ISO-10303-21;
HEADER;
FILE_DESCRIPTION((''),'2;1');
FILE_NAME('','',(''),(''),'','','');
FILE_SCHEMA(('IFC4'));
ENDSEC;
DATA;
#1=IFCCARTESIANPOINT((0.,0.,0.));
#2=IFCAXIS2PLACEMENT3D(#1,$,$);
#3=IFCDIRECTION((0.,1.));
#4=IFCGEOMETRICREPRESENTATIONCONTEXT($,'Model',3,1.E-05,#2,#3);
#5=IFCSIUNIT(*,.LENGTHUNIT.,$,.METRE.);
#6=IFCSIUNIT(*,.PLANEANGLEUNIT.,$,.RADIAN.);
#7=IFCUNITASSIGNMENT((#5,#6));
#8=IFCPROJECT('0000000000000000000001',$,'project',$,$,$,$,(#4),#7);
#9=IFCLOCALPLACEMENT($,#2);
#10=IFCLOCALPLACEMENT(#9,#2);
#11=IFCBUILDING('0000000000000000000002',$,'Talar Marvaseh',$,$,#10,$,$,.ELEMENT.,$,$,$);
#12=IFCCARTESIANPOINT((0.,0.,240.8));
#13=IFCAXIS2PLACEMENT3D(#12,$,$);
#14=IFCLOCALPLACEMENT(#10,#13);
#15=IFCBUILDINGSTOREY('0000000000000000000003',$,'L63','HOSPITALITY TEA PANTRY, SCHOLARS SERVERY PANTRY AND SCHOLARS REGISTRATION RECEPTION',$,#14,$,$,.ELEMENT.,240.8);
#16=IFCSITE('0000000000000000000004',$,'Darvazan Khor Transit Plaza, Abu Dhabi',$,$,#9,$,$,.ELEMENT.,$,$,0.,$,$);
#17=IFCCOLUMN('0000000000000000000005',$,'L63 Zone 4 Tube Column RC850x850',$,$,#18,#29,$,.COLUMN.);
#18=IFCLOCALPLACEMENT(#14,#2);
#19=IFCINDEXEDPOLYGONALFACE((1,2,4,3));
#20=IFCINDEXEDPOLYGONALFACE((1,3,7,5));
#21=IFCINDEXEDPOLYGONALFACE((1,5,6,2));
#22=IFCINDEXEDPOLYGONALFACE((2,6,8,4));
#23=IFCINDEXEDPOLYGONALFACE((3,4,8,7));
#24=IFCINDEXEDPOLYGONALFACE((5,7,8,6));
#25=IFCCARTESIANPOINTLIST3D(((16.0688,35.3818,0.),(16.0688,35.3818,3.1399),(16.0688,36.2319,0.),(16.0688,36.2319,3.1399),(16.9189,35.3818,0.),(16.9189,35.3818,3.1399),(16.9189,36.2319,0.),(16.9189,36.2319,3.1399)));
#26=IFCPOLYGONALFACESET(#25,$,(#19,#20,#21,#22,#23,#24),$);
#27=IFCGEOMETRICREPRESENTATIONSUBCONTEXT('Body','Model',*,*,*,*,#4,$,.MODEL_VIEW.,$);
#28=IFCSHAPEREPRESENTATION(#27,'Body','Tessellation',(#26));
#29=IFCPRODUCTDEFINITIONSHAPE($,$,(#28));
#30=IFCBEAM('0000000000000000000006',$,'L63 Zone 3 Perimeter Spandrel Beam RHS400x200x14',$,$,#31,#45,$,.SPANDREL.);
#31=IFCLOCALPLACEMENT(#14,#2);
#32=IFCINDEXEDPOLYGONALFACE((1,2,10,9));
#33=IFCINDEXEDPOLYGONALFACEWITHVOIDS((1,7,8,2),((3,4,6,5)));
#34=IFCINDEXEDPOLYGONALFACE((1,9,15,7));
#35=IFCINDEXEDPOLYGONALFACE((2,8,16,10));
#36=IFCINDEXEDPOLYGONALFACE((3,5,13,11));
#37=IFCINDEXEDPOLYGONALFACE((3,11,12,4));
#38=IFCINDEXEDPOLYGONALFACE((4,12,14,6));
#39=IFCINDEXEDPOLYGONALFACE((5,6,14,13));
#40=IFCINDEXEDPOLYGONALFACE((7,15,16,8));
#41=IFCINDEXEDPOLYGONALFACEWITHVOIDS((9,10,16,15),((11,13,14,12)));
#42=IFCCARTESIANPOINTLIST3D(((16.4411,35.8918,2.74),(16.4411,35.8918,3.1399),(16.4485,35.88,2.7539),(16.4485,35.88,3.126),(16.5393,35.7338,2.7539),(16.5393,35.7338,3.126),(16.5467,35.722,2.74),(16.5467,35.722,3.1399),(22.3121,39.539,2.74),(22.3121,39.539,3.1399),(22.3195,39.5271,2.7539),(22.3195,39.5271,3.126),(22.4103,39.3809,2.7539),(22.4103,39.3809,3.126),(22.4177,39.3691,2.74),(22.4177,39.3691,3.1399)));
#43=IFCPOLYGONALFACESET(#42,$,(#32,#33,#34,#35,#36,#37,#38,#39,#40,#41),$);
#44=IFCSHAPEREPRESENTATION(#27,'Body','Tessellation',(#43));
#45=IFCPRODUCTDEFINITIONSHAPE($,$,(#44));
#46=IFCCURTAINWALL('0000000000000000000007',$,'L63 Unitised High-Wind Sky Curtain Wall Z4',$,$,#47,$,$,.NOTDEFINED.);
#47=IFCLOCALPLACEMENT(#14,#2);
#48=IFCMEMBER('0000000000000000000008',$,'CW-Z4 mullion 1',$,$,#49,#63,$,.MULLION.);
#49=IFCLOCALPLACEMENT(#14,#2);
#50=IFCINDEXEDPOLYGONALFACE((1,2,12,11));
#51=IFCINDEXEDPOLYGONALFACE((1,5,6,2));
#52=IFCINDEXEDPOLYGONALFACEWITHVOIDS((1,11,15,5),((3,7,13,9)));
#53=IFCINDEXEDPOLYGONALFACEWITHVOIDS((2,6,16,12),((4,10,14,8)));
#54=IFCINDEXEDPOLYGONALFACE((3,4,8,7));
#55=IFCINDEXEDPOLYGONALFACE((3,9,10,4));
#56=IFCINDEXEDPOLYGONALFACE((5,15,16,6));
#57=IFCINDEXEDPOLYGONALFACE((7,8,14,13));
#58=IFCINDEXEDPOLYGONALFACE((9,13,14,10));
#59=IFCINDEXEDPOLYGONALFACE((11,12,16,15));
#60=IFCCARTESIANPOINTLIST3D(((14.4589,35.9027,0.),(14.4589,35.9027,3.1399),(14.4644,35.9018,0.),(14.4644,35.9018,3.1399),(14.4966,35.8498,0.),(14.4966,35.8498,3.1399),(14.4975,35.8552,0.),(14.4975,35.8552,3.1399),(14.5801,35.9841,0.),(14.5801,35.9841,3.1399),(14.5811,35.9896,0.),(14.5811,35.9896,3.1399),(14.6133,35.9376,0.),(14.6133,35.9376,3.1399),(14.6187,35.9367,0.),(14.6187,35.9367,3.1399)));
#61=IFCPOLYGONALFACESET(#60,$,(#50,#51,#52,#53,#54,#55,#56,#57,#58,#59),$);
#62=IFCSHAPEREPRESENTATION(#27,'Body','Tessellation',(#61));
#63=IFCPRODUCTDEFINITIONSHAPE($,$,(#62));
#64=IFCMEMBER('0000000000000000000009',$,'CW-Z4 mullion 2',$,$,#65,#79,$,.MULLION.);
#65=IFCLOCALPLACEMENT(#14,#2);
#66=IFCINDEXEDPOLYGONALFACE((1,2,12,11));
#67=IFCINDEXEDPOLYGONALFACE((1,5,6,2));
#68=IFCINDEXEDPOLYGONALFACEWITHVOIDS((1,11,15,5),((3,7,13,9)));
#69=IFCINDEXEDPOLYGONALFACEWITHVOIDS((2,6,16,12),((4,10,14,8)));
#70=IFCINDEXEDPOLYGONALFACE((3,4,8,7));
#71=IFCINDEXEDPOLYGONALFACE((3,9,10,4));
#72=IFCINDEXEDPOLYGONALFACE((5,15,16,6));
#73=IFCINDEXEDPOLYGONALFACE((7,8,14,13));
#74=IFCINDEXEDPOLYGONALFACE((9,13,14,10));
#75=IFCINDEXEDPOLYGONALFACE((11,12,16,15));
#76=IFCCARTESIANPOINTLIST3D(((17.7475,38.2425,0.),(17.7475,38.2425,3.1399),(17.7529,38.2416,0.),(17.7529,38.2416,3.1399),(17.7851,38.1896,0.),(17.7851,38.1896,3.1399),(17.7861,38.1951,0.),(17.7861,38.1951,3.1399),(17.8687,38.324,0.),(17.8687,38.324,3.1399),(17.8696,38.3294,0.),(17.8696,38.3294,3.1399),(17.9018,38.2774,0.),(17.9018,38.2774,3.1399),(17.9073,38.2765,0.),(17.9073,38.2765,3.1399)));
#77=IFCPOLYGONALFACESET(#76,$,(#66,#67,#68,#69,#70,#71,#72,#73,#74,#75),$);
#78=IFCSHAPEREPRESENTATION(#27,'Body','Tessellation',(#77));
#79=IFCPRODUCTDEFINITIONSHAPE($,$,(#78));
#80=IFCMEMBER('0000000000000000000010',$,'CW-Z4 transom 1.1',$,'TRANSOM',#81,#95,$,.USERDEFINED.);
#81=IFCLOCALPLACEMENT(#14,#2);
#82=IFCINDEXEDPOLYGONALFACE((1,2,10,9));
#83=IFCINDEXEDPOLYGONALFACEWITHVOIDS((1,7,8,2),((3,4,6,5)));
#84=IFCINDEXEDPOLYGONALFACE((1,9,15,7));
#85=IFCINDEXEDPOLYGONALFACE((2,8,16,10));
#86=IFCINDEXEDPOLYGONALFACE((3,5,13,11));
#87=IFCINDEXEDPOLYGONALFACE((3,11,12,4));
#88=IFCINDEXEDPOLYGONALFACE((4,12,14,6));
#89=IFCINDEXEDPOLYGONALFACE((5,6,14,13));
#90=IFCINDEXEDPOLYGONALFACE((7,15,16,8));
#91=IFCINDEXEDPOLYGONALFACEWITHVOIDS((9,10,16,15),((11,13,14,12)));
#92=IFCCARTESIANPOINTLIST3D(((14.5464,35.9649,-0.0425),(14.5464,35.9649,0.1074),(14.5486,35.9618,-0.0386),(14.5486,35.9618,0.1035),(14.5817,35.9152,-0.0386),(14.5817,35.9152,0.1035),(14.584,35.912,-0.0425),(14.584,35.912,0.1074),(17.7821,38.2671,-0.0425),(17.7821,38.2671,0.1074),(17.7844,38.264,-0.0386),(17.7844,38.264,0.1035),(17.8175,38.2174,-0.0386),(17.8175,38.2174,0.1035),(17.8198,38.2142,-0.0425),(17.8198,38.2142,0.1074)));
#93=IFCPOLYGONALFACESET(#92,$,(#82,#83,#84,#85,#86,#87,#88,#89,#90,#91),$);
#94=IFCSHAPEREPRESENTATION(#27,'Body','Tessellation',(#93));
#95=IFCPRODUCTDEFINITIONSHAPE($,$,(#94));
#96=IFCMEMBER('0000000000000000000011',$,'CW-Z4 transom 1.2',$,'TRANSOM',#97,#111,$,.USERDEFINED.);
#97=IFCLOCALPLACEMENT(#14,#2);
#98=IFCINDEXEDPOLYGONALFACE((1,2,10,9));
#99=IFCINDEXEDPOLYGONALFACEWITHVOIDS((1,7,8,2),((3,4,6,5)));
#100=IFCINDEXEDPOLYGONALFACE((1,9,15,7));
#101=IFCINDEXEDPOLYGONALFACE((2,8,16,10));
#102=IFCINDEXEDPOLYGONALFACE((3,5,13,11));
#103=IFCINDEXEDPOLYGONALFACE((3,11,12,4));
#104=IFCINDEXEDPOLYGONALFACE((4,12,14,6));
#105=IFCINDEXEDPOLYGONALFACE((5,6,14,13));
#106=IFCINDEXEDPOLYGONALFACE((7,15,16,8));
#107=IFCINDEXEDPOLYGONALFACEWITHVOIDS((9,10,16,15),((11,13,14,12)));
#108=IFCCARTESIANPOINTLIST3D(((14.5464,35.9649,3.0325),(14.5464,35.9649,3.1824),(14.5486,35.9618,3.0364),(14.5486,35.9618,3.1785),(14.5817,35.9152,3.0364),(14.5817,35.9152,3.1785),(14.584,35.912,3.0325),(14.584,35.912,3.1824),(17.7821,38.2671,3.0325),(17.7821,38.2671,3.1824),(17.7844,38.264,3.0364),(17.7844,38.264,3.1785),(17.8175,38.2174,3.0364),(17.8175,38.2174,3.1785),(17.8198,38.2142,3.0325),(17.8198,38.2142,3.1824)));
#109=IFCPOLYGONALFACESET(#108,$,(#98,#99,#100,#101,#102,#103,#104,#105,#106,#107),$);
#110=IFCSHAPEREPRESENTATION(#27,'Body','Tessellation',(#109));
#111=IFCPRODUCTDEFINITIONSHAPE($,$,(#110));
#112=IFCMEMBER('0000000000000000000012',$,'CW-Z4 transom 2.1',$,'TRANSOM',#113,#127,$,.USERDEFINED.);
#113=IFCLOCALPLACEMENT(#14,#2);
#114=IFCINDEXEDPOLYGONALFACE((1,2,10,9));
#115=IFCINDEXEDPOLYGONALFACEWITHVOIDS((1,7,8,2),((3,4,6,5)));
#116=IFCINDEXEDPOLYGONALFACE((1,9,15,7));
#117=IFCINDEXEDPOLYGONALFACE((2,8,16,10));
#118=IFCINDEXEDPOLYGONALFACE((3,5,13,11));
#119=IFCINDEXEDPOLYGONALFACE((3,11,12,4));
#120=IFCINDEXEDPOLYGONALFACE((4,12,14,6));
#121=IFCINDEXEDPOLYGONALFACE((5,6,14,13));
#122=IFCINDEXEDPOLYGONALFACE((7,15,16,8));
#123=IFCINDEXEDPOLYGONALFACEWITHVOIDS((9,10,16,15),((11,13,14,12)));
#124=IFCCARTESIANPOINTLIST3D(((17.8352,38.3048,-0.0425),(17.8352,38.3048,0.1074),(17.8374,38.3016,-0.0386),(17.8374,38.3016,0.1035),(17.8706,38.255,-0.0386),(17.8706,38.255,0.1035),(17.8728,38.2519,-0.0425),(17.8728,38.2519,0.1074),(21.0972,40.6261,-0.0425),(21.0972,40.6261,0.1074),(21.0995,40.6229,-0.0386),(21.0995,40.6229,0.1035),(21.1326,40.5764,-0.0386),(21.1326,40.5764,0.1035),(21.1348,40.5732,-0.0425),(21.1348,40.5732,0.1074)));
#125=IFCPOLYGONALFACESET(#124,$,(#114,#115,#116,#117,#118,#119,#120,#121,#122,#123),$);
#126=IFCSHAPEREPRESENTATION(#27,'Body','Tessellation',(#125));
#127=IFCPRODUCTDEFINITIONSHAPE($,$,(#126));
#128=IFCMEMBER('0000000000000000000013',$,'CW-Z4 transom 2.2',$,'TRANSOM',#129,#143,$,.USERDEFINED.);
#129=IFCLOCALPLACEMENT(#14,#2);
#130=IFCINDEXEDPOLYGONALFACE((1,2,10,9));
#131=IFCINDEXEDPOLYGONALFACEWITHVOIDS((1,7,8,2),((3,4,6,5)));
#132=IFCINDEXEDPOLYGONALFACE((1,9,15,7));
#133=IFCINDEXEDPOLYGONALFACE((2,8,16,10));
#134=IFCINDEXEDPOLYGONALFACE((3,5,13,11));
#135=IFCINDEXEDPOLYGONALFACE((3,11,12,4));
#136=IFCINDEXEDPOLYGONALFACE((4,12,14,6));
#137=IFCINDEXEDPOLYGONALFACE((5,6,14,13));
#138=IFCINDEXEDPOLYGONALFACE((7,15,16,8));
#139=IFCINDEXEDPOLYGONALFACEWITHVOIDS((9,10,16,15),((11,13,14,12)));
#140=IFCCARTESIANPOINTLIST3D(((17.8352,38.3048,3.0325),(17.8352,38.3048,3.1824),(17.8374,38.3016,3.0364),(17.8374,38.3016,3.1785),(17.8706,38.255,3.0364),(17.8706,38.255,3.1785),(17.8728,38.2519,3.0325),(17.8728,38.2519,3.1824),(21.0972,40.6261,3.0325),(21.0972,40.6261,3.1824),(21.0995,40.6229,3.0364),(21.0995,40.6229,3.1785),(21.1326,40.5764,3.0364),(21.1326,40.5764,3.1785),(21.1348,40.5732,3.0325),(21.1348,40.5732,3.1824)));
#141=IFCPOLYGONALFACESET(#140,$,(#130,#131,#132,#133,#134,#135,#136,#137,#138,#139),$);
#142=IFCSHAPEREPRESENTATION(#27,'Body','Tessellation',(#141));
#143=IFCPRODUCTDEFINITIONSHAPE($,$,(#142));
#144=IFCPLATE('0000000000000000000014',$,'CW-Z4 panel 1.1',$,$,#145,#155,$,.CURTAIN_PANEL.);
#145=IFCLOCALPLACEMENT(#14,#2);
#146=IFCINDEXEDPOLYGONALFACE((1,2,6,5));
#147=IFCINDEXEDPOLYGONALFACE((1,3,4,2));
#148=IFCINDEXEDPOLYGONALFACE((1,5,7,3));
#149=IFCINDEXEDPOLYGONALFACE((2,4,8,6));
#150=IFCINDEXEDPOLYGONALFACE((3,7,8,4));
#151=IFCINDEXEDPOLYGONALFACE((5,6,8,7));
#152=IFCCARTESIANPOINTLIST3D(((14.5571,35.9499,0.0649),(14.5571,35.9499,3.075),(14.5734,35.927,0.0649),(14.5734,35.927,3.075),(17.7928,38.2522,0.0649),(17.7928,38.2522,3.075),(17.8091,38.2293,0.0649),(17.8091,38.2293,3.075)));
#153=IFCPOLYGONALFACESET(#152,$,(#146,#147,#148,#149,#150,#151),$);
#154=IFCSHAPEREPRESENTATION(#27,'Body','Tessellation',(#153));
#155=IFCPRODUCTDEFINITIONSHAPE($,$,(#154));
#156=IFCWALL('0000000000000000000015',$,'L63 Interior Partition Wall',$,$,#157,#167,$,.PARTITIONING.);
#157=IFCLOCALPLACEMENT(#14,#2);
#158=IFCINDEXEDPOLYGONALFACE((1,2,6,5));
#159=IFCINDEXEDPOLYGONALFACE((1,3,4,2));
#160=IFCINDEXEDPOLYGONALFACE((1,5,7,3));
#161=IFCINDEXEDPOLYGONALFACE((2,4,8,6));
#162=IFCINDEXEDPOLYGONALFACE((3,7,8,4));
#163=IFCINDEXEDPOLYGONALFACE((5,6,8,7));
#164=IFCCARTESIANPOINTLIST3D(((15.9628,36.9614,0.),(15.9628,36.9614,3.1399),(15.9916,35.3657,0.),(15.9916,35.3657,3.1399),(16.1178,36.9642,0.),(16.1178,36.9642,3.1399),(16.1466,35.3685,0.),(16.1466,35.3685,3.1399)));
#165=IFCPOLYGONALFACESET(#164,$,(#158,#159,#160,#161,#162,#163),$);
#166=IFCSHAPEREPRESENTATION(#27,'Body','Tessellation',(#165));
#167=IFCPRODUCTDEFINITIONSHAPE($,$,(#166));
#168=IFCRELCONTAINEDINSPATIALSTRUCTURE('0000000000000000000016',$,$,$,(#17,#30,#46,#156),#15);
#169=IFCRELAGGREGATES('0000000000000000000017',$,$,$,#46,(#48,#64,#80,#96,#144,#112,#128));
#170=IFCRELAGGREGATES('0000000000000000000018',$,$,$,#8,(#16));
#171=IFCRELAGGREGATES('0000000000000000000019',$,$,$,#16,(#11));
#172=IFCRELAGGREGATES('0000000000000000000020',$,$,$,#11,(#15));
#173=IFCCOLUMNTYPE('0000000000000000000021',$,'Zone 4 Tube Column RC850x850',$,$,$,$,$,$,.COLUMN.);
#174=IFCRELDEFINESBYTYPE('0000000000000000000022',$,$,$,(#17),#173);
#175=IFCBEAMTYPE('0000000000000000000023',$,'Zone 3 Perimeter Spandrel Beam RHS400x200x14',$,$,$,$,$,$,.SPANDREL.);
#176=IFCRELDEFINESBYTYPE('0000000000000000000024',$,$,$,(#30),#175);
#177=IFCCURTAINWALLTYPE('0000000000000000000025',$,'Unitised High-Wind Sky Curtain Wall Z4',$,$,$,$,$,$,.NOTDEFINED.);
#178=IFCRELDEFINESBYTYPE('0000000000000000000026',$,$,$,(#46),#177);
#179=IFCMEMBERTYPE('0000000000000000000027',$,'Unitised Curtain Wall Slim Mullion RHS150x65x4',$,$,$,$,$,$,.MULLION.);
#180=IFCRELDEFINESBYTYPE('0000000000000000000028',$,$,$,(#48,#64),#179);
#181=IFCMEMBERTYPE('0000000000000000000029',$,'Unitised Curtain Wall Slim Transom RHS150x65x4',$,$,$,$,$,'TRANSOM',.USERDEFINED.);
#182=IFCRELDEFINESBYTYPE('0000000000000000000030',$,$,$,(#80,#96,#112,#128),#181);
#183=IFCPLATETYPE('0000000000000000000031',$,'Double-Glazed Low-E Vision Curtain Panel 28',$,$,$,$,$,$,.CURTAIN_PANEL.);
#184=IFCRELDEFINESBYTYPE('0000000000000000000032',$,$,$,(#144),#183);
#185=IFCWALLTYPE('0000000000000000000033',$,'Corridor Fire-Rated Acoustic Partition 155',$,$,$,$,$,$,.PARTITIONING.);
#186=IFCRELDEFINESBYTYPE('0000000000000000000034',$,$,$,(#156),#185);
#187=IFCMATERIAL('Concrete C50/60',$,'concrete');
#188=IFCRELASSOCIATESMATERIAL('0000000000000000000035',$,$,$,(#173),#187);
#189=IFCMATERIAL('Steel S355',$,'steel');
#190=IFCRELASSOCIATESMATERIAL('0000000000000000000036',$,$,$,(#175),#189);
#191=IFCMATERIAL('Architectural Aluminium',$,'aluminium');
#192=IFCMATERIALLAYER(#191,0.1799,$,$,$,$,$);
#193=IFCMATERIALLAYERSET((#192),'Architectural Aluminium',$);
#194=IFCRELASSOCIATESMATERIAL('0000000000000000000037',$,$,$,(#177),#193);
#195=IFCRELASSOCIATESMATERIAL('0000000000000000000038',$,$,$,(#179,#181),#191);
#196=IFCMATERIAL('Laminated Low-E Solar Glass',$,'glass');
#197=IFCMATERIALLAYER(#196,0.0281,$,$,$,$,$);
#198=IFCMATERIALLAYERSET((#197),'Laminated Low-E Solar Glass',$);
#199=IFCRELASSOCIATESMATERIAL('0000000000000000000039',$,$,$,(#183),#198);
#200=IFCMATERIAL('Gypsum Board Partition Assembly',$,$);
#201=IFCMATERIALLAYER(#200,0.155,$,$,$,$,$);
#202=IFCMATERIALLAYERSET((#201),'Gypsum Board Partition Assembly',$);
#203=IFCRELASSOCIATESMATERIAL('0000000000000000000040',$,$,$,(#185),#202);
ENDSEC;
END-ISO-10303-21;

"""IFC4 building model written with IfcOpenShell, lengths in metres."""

from ifc_helpers import new_model, si_unit, direction, frame, frame_2d, origin, origin_2d, place, context, subcontext, project, spatial, rectangle, hollow_rectangle, extrude, source, transform, mapped, material, layer, layer_set, material_profile, profile_set, type_object, type_shapes, element, aggregate, save


model = new_model("IFC4")

# Units and contexts
model_context = context("Model", 3, precision=1e-05, world=origin(), true_north=direction((0.0, 1.0)))
body_context = subcontext(model_context, "Body", "Model", "MODEL_VIEW")
ifc_project = project(units=[si_unit("LENGTHUNIT", "METRE"), si_unit("PLANEANGLEUNIT", "RADIAN")], contexts=[model_context])

# Site, building, storey
site_placement = place(None, origin())
site = spatial("IfcSite", under=ifc_project, at=site_placement, Name="Darvazan Khor Transit Plaza, Abu Dhabi", CompositionType="ELEMENT", RefElevation=0.0)
building_placement = place(site_placement, origin())
building = spatial("IfcBuilding", under=site, at=building_placement, Name="Talar Marvaseh", CompositionType="ELEMENT")
storey_placement = place(building_placement, frame((0.0, 0.0, 240.8)))
storey = spatial("IfcBuildingStorey", under=building, at=storey_placement, Name="L63", Description="HOSPITALITY TEA PANTRY, SCHOLARS SERVERY PANTRY AND SCHOLARS REGISTRATION RECEPTION", CompositionType="ELEMENT", Elevation=240.8)

# Column
ifc_material_1 = material(Name="Concrete C50/60", Category="concrete")
ifc_material_profile_1 = material_profile(ifc_material_1, rectangle(XDim=0.8501, YDim=0.8501, at=origin_2d()), Name="RC850x850")
ifc_profile_set_1 = profile_set([ifc_material_profile_1], Name="Concrete C50/60")
column_type = type_object("IfcColumnType", Name="Zone 4 Tube Column RC850x850", PredefinedType="COLUMN", material=ifc_profile_set_1)
column_placement = place(storey_placement, frame((16.4939, 35.8069, 0.0), z_axis=(0.0, 0.0, 1.0), x_axis=(1.0, 0.0, 0.0)))
element("IfcColumn", 1, at=column_placement, inside=storey, type_object=column_type, Name="L63 Zone 4 Tube Column RC850x850", PredefinedType="COLUMN", context=body_context, shape_type="SweptSolid", body=[
    extrude(rectangle(XDim=0.8501, YDim=0.8501, at=origin_2d()), origin(), (0.0, 0.0, 1.0), 3.1399),
])

# Beam
ifc_material_2 = material(Name="Steel S355", Category="steel")
ifc_material_profile_2 = material_profile(ifc_material_2, hollow_rectangle(XDim=0.2, YDim=0.3999, WallThickness=0.0139, at=origin_2d()), Name="RHS400x200x14")
ifc_profile_set_2 = profile_set([ifc_material_profile_2], Name="Steel S355")
beam_type = type_object("IfcBeamType", Name="Zone 3 Perimeter Spandrel Beam RHS400x200x14", PredefinedType="SPANDREL", material=ifc_profile_set_2)
beam_placement = place(storey_placement, frame((16.4939, 35.8069, 2.9399), z_axis=(0.84944, 0.527686, 0.0), x_axis=(-0.527686, 0.84944, 0.0)))
element("IfcBeam", 2, at=beam_placement, inside=storey, type_object=beam_type, Name="L63 Zone 3 Perimeter Spandrel Beam RHS400x200x14", PredefinedType="SPANDREL", context=body_context, shape_type="SweptSolid", body=[
    extrude(hollow_rectangle(XDim=0.2, YDim=0.3999, WallThickness=0.0139, at=origin_2d()), origin(), (0.0, 0.0, 1.0), 6.9116),
])

# Curtain wall, members, plate
ifc_material_3 = material(Name="Architectural Aluminium", Category="aluminium")
ifc_layer_1 = layer(ifc_material_3, 0.1799)
ifc_layer_set_1 = layer_set([ifc_layer_1], Name="Architectural Aluminium")
curtain_wall_type = type_object("IfcCurtainWallType", Name="Unitised High-Wind Sky Curtain Wall Z4", PredefinedType="NOTDEFINED", material=ifc_layer_set_1)
curtain_wall_placement = place(storey_placement, origin())
curtain_wall = element("IfcCurtainWall", 3, at=curtain_wall_placement, inside=storey, type_object=curtain_wall_type, Name="L63 Unitised High-Wind Sky Curtain Wall Z4", PredefinedType="NOTDEFINED")
ifc_material_profile_3 = material_profile(ifc_material_3, hollow_rectangle(XDim=0.0649, YDim=0.1499, WallThickness=0.0039, at=origin_2d()), Name="RHS150x65x4")
ifc_profile_set_3 = profile_set([ifc_material_profile_3], Name="Architectural Aluminium")
member_type_1 = type_object("IfcMemberType", Name="Unitised Curtain Wall Slim Mullion RHS150x65x4", PredefinedType="MULLION", material=ifc_profile_set_3)
shared_shape_1 = source(origin(), body_context, "Body", "SweptSolid", [
    extrude(hollow_rectangle(XDim=0.0649, YDim=0.1499, WallThickness=0.0039, at=origin_2d()), origin(), (0.0, 0.0, 1.0), 3.1399),
])
type_shapes(member_type_1, [shared_shape_1])
member_1_placement = place(storey_placement, frame((14.5388, 35.9197, 0.0), z_axis=(0.0, 0.0, 1.0), x_axis=(-0.579742, 0.8148, 0.0)))
member_1 = element("IfcMember", 4, at=member_1_placement, type_object=member_type_1, Name="CW-Z4 mullion 1", PredefinedType="MULLION", context=body_context, shape_type="MappedRepresentation", body=[
    mapped(shared_shape_1, transform((0.0, 0.0, 0.0), x_axis=(1.0, 0.0, 0.0), y_axis=(0.0, 1.0, 0.0), z_axis=(0.0, 0.0, 1.0), scale=1.0)),
])
member_2_placement = place(storey_placement, frame((17.8274, 38.2595, 0.0), z_axis=(0.0, 0.0, 1.0), x_axis=(-0.579742, 0.8148, 0.0)))
member_2 = element("IfcMember", 5, at=member_2_placement, type_object=member_type_1, Name="CW-Z4 mullion 2", PredefinedType="MULLION", context=body_context, shape_type="MappedRepresentation", body=[
    mapped(shared_shape_1, transform((0.0, 0.0, 0.0), x_axis=(1.0, 0.0, 0.0), y_axis=(0.0, 1.0, 0.0), z_axis=(0.0, 0.0, 1.0), scale=1.0)),
])
ifc_material_profile_4 = material_profile(ifc_material_3, hollow_rectangle(XDim=0.0649, YDim=0.1499, WallThickness=0.0039, at=origin_2d()), Name="RHS150x65x4")
ifc_profile_set_4 = profile_set([ifc_material_profile_4], Name="Architectural Aluminium")
member_type_2 = type_object("IfcMemberType", Name="Unitised Curtain Wall Slim Transom RHS150x65x4", ElementType="TRANSOM", PredefinedType="USERDEFINED", material=ifc_profile_set_4)
shared_shape_2 = source(origin(), body_context, "Body", "SweptSolid", [
    extrude(hollow_rectangle(XDim=0.0649, YDim=0.1499, WallThickness=0.0039, at=origin_2d()), origin(), (0.0, 0.0, 1.0), 3.9712),
])
member_3_placement = place(storey_placement, frame((14.5652, 35.9385, 0.0325), z_axis=(0.814812, 0.579725, 0.0), x_axis=(-0.579725, 0.814812, 0.0)))
member_3 = element("IfcMember", 6, at=member_3_placement, type_object=member_type_2, Name="CW-Z4 transom 1.1", ObjectType="TRANSOM", PredefinedType="USERDEFINED", context=body_context, shape_type="MappedRepresentation", body=[
    mapped(shared_shape_2, transform((0.0, 0.0, 0.0), x_axis=(1.0, 0.0, 0.0), y_axis=(0.0, 1.0, 0.0), z_axis=(0.0, 0.0, 1.0), scale=1.0)),
])
member_4_placement = place(storey_placement, frame((14.5652, 35.9385, 3.1074), z_axis=(0.814812, 0.579725, 0.0), x_axis=(-0.579725, 0.814812, 0.0)))
member_4 = element("IfcMember", 7, at=member_4_placement, type_object=member_type_2, Name="CW-Z4 transom 1.2", ObjectType="TRANSOM", PredefinedType="USERDEFINED", context=body_context, shape_type="MappedRepresentation", body=[
    mapped(shared_shape_2, transform((0.0, 0.0, 0.0), x_axis=(1.0, 0.0, 0.0), y_axis=(0.0, 1.0, 0.0), z_axis=(0.0, 0.0, 1.0), scale=1.0)),
])
shared_shape_3 = source(origin(), body_context, "Body", "SweptSolid", [
    extrude(hollow_rectangle(XDim=0.0649, YDim=0.1499, WallThickness=0.0039, at=origin_2d()), origin(), (0.0, 0.0, 1.0), 4.0037),
])
type_shapes(member_type_2, [shared_shape_2, shared_shape_3])
member_5_placement = place(storey_placement, frame((17.854, 38.2783, 0.0325), z_axis=(0.814758, 0.579801, 0.0), x_axis=(-0.579801, 0.814758, 0.0)))
member_5 = element("IfcMember", 8, at=member_5_placement, type_object=member_type_2, Name="CW-Z4 transom 2.1", ObjectType="TRANSOM", PredefinedType="USERDEFINED", context=body_context, shape_type="MappedRepresentation", body=[
    mapped(shared_shape_3, transform((0.0, 0.0, 0.0), x_axis=(1.0, 0.0, 0.0), y_axis=(0.0, 1.0, 0.0), z_axis=(0.0, 0.0, 1.0), scale=1.0)),
])
member_6_placement = place(storey_placement, frame((17.854, 38.2783, 3.1074), z_axis=(0.814758, 0.579801, 0.0), x_axis=(-0.579801, 0.814758, 0.0)))
member_6 = element("IfcMember", 9, at=member_6_placement, type_object=member_type_2, Name="CW-Z4 transom 2.2", ObjectType="TRANSOM", PredefinedType="USERDEFINED", context=body_context, shape_type="MappedRepresentation", body=[
    mapped(shared_shape_3, transform((0.0, 0.0, 0.0), x_axis=(1.0, 0.0, 0.0), y_axis=(0.0, 1.0, 0.0), z_axis=(0.0, 0.0, 1.0), scale=1.0)),
])
ifc_material_4 = material(Name="Laminated Low-E Solar Glass", Category="glass")
ifc_layer_2 = layer(ifc_material_4, 0.0281)
ifc_layer_set_2 = layer_set([ifc_layer_2], Name="Laminated Low-E Solar Glass")
plate_type = type_object("IfcPlateType", Name="Double-Glazed Low-E Vision Curtain Panel 28", PredefinedType="CURTAIN_PANEL", material=ifc_layer_set_2)
shared_shape_4 = source(origin(), body_context, "Body", "SweptSolid", [
    extrude(rectangle(XDim=3.9712, YDim=0.0281, at=origin_2d()), origin(), (0.0, 0.0, 1.0), 3.01),
])
type_shapes(plate_type, [shared_shape_4])
plate_placement = place(storey_placement, frame((16.1831, 37.0896, 0.0649), z_axis=(0.0, 0.0, 1.0), x_axis=(0.8148, 0.579742, 0.0)))
plate = element("IfcPlate", 10, at=plate_placement, type_object=plate_type, Name="CW-Z4 panel 1.1", PredefinedType="CURTAIN_PANEL", context=body_context, shape_type="MappedRepresentation", body=[
    mapped(shared_shape_4, transform((0.0, 0.0, 0.0), x_axis=(1.0, 0.0, 0.0), y_axis=(0.0, 1.0, 0.0), z_axis=(0.0, 0.0, 1.0), scale=1.0)),
])
aggregate(curtain_wall, [member_1, member_2, member_3, member_4, plate, member_5, member_6])

# Shared definitions
ifc_material_5 = material(Name="Gypsum Board Partition Assembly")
ifc_layer_3 = layer(ifc_material_5, 0.155)
ifc_layer_set_3 = layer_set([ifc_layer_3], Name="Gypsum Board Partition Assembly")
wall_type = type_object("IfcWallType", Name="Corridor Fire-Rated Acoustic Partition 155", PredefinedType="PARTITIONING", material=ifc_layer_set_3)

# Wall
wall_1_placement = place(storey_placement, frame((16.0403, 36.9626, 0.0), z_axis=(0.0, 0.0, 1.0), x_axis=(0.018051, -0.999837, 0.0)))
element("IfcWall", 11, at=wall_1_placement, inside=storey, type_object=wall_type, Name="L63 Interior Partition Wall", PredefinedType="PARTITIONING", context=body_context, shape_type="SweptSolid", body=[
    extrude(rectangle(XDim=1.5959, YDim=0.155, at=frame_2d((0.7979, 0.0))), origin(), (0.0, 0.0, 1.0), 3.1399),
])

save(model, "model.ifc")
